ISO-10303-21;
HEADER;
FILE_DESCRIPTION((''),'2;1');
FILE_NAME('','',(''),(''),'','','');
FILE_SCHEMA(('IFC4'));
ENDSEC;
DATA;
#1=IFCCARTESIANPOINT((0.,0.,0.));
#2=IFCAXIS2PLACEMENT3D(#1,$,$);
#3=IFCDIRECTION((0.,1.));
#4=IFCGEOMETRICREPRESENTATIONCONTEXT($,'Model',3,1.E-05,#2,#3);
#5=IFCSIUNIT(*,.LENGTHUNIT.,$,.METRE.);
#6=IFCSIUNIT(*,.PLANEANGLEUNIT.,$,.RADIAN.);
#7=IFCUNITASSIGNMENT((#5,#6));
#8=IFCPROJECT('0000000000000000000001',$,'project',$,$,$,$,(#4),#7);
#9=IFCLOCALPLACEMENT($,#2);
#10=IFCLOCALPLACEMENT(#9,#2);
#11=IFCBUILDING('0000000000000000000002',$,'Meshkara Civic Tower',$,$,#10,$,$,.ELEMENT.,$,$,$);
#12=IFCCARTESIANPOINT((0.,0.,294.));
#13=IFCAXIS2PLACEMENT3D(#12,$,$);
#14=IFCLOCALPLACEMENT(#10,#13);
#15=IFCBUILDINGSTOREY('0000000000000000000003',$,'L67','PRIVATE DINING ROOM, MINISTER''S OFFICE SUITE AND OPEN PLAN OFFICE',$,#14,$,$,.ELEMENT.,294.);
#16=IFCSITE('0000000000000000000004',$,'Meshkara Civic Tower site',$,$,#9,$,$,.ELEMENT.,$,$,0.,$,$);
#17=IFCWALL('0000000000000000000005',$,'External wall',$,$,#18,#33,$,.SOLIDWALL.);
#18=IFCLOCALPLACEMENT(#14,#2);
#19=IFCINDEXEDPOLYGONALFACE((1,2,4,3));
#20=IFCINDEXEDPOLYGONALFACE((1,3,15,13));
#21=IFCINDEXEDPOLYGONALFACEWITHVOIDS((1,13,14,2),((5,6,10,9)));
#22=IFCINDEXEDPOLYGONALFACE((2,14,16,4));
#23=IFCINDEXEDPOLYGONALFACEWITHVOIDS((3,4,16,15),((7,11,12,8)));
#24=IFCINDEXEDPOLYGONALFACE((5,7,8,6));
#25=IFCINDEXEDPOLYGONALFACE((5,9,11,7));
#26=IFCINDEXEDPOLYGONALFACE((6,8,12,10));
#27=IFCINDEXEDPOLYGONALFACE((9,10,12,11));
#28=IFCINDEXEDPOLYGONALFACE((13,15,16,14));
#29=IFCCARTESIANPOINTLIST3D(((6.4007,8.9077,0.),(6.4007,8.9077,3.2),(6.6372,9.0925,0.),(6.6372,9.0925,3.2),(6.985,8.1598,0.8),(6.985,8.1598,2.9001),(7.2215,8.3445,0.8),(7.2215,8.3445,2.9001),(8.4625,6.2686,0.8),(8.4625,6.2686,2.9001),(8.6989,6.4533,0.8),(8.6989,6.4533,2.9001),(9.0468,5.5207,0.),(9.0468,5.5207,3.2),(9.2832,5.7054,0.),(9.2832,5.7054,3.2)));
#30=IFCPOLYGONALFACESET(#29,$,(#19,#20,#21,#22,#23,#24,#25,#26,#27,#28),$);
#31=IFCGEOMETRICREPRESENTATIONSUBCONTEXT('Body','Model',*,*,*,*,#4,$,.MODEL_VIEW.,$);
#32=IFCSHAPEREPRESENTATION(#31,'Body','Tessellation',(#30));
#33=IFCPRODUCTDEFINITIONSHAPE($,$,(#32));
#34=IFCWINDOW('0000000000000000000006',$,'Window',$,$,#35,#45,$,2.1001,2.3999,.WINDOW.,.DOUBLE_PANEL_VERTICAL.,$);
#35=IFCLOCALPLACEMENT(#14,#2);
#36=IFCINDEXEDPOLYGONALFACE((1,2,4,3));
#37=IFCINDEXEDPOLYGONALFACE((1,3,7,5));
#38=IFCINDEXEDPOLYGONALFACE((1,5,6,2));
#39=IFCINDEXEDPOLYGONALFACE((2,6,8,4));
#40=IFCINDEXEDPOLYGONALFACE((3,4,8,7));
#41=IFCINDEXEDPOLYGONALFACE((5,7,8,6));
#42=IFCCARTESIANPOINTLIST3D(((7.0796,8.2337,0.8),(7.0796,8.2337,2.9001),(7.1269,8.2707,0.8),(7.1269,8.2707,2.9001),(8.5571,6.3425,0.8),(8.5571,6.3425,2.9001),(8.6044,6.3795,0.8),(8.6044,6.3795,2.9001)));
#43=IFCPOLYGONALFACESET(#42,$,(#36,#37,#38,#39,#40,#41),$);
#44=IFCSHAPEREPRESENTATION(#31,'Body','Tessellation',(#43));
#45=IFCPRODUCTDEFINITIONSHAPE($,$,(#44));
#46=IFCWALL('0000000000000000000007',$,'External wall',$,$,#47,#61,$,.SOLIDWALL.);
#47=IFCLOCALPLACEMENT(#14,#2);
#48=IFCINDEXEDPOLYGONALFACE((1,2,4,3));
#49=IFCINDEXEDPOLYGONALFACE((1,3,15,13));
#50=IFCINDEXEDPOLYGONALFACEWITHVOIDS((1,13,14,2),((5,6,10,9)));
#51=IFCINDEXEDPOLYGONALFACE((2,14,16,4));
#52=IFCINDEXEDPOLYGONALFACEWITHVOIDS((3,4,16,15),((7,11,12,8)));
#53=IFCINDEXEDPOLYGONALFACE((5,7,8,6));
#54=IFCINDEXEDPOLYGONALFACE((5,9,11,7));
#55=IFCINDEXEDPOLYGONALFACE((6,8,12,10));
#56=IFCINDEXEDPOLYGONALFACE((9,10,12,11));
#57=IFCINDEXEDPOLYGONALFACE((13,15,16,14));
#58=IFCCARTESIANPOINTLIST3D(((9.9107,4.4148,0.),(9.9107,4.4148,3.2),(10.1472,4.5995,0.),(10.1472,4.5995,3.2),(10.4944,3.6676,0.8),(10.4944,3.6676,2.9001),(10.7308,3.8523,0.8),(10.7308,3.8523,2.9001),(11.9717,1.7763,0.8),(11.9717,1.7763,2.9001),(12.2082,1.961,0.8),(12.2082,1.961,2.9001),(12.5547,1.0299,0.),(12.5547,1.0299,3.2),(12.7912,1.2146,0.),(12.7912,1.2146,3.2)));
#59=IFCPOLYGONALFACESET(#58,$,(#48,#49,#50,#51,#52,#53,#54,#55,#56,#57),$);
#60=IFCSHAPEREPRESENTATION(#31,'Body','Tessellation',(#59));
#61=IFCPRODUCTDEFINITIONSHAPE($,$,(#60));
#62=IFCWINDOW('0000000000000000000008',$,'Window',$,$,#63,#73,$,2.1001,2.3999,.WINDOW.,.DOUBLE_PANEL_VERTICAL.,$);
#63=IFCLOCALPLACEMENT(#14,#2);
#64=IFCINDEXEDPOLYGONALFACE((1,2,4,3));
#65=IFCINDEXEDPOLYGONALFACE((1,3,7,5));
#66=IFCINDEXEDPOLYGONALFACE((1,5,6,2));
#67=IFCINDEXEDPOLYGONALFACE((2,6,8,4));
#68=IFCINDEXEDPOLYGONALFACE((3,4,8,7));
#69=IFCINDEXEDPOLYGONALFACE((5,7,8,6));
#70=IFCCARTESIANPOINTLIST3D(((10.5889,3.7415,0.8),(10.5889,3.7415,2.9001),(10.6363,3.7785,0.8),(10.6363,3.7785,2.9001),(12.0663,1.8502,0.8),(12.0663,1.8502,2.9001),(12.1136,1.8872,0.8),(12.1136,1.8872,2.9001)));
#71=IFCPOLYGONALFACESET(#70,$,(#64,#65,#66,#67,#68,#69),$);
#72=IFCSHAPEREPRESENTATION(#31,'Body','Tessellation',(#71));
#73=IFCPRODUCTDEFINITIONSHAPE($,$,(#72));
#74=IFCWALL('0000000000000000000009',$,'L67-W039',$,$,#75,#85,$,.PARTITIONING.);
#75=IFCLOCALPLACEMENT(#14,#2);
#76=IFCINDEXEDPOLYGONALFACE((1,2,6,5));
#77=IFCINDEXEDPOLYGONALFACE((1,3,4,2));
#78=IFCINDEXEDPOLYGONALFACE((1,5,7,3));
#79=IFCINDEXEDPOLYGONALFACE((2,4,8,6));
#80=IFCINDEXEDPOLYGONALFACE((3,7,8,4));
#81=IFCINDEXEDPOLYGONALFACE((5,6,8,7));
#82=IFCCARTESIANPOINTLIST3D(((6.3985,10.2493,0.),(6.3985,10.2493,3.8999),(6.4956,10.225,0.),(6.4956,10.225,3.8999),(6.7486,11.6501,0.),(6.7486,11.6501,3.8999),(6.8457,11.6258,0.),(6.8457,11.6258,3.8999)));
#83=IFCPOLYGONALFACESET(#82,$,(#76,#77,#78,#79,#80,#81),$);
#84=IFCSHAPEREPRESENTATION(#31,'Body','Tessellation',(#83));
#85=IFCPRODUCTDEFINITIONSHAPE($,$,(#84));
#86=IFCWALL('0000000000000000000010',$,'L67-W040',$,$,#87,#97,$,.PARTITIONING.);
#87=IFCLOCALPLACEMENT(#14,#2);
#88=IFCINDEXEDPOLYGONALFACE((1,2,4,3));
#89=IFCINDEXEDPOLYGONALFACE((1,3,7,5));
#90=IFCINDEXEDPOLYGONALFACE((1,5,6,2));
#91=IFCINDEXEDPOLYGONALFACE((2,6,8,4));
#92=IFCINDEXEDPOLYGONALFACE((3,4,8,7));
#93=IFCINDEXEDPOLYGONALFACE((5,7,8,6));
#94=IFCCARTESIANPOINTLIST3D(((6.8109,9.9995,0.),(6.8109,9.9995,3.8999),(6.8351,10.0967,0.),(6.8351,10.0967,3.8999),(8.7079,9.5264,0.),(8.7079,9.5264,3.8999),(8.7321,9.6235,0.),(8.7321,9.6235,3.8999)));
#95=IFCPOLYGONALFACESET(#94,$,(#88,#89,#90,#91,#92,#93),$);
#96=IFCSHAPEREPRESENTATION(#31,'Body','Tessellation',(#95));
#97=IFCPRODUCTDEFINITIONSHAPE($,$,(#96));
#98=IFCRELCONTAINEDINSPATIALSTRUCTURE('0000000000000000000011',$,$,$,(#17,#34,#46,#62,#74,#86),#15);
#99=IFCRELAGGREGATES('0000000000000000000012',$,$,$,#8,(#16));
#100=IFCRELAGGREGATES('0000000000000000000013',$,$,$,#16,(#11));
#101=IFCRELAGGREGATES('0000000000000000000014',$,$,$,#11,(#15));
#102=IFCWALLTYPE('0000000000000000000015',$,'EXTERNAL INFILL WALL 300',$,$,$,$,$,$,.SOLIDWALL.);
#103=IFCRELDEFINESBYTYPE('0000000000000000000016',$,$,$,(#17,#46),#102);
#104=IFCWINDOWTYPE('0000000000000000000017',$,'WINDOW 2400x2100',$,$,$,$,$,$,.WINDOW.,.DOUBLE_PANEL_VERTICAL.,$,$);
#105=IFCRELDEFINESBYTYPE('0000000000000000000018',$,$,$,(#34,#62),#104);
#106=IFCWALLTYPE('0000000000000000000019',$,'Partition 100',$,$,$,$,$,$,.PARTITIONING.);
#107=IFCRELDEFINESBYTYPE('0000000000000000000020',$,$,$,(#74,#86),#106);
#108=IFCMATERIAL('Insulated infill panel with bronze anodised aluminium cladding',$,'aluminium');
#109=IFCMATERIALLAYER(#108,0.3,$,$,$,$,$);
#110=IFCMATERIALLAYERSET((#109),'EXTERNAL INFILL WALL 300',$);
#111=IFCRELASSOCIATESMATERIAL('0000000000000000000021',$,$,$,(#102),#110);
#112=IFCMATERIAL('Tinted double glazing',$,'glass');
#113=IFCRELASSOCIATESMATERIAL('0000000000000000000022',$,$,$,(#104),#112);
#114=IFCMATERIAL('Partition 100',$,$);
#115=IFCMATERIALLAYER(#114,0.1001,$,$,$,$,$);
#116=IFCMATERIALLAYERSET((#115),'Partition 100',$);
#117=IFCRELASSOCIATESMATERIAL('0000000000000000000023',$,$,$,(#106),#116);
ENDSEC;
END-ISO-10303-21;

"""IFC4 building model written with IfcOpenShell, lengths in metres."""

from ifc_helpers import new_model, si_unit, direction, frame, frame_2d, origin, place, context, subcontext, project, spatial, rectangle, extrude, material, layer, layer_set, type_object, element, fill, save


model = new_model("IFC4")

# Units and contexts
model_context = context("Model", 3, precision=1e-05, world=origin(), true_north=direction((0.0, 1.0)))
body_context = subcontext(model_context, "Body", "Model", "MODEL_VIEW")
ifc_project = project(units=[si_unit("LENGTHUNIT", "METRE"), si_unit("PLANEANGLEUNIT", "RADIAN")], contexts=[model_context])

# Site, building, storey
site_placement = place(None, origin())
site = spatial("IfcSite", under=ifc_project, at=site_placement, Name="Meshkara Civic Tower site", CompositionType="ELEMENT", RefElevation=0.0)
building_placement = place(site_placement, origin())
building = spatial("IfcBuilding", under=site, at=building_placement, Name="Meshkara Civic Tower", CompositionType="ELEMENT")
storey_placement = place(building_placement, frame((0.0, 0.0, 294.0)))
storey = spatial("IfcBuildingStorey", under=building, at=storey_placement, Name="L67", Description="PRIVATE DINING ROOM, MINISTER'S OFFICE SUITE AND OPEN PLAN OFFICE", CompositionType="ELEMENT", Elevation=294.0)

# Walls, openings, windows
ifc_material_1 = material(Name="Insulated infill panel with bronze anodised aluminium cladding", Category="aluminium")
ifc_layer_1 = layer(ifc_material_1, 0.3)
ifc_layer_set_1 = layer_set([ifc_layer_1], Name="EXTERNAL INFILL WALL 300")
wall_type_1 = type_object("IfcWallType", Name="EXTERNAL INFILL WALL 300", PredefinedType="SOLIDWALL", material=ifc_layer_set_1)
wall_1_placement = place(storey_placement, frame((6.519, 9.0, 0.0), z_axis=(0.0, 0.0, 1.0), x_axis=(0.615634, -0.788032, 0.0)))
wall_1 = element("IfcWall", 1, at=wall_1_placement, inside=storey, type_object=wall_type_1, Name="External wall", PredefinedType="SOLIDWALL", context=body_context, shape_type="SweptSolid", body=[
    extrude(rectangle(XDim=4.2981, YDim=0.3, at=frame_2d((2.1489, 0.0))), origin(), (0.0, 0.0, 1.0), 3.2),
])
opening_1_placement = place(wall_1_placement, frame((0.949, 0.0, 0.8)))
opening_1 = element("IfcOpeningElement", 2, at=opening_1_placement, cuts=wall_1, PredefinedType="OPENING", context=body_context, shape_type="SweptSolid", body=[
    extrude(rectangle(XDim=2.3999, YDim=2.1001, at=frame_2d((1.2, 1.05))), frame((0.0, 0.1599, 0.0), z_axis=(0.0, -1.0, 0.0), x_axis=(1.0, 0.0, 0.0)), (0.0, 0.0, 1.0), 0.3201),
])
ifc_material_2 = material(Name="Tinted double glazing", Category="glass")
window_type = type_object("IfcWindowType", Name="WINDOW 2400x2100", PartitioningType="DOUBLE_PANEL_VERTICAL", PredefinedType="WINDOW", material=ifc_material_2)
window_1_placement = place(opening_1_placement, origin())
window_1 = element("IfcWindow", 3, at=window_1_placement, inside=storey, type_object=window_type, Name="Window", OverallHeight=2.1001, OverallWidth=2.3999, PartitioningType="DOUBLE_PANEL_VERTICAL", PredefinedType="WINDOW", context=body_context, shape_type="SweptSolid", body=[
    extrude(rectangle(XDim=2.3999, YDim=2.1001, at=frame_2d((1.2, 1.05))), frame((0.0, 0.03, 0.0), z_axis=(0.0, -1.0, 0.0), x_axis=(1.0, 0.0, 0.0)), (0.0, 0.0, 1.0), 0.0601),
])
fill(opening_1, window_1)
wall_2_placement = place(storey_placement, frame((10.0291, 4.5071, 0.0), z_axis=(0.0, 0.0, 1.0), x_axis=(0.615572, -0.78808, 0.0)))
wall_2 = element("IfcWall", 4, at=wall_2_placement, inside=storey, type_object=wall_type_1, Name="External wall", PredefinedType="SOLIDWALL", context=body_context, shape_type="SweptSolid", body=[
    extrude(rectangle(XDim=4.2952, YDim=0.3, at=frame_2d((2.1475, 0.0))), origin(), (0.0, 0.0, 1.0), 3.2),
])
opening_2_placement = place(wall_2_placement, frame((0.948, 0.0, 0.8)))
opening_2 = element("IfcOpeningElement", 5, at=opening_2_placement, cuts=wall_2, PredefinedType="OPENING", context=body_context, shape_type="SweptSolid", body=[
    extrude(rectangle(XDim=2.3999, YDim=2.1001, at=frame_2d((1.2, 1.05))), frame((0.0, 0.1599, 0.0), z_axis=(0.0, -1.0, 0.0), x_axis=(1.0, 0.0, 0.0)), (0.0, 0.0, 1.0), 0.3201),
])
window_2_placement = place(opening_2_placement, origin())
window_2 = element("IfcWindow", 6, at=window_2_placement, inside=storey, type_object=window_type, Name="Window", OverallHeight=2.1001, OverallWidth=2.3999, PartitioningType="DOUBLE_PANEL_VERTICAL", PredefinedType="WINDOW", context=body_context, shape_type="SweptSolid", body=[
    extrude(rectangle(XDim=2.3999, YDim=2.1001, at=frame_2d((1.2, 1.05))), frame((0.0, 0.03, 0.0), z_axis=(0.0, -1.0, 0.0), x_axis=(1.0, 0.0, 0.0)), (0.0, 0.0, 1.0), 0.0601),
])
fill(opening_2, window_2)

# Walls
ifc_material_3 = material(Name="Partition 100")
ifc_layer_2 = layer(ifc_material_3, 0.1001)
ifc_layer_set_2 = layer_set([ifc_layer_2], Name="Partition 100")
wall_type_2 = type_object("IfcWallType", Name="Partition 100", PredefinedType="PARTITIONING", material=ifc_layer_set_2)
wall_3_placement = place(storey_placement, frame((6.7971, 11.6379, 0.0), z_axis=(0.0, 0.0, 1.0), x_axis=(-0.242456, -0.970162, 0.0)))
element("IfcWall", 7, at=wall_3_placement, inside=storey, type_object=wall_type_2, Name="L67-W039", PredefinedType="PARTITIONING", context=body_context, shape_type="SweptSolid", body=[
    extrude(rectangle(XDim=1.4438, YDim=0.1001, at=frame_2d((0.7219, 0.0))), origin(), (0.0, 0.0, 1.0), 3.8999),
])
wall_4_placement = place(storey_placement, frame((8.72, 9.575, 0.0), z_axis=(0.0, 0.0, 1.0), x_axis=(-0.970275, 0.242007, 0.0)))
element("IfcWall", 8, at=wall_4_placement, inside=storey, type_object=wall_type_2, Name="L67-W040", PredefinedType="PARTITIONING", context=body_context, shape_type="SweptSolid", body=[
    extrude(rectangle(XDim=1.9551, YDim=0.1001, at=frame_2d((0.9775, 0.0))), origin(), (0.0, 0.0, 1.0), 3.8999),
])

save(model, "model.ifc")
